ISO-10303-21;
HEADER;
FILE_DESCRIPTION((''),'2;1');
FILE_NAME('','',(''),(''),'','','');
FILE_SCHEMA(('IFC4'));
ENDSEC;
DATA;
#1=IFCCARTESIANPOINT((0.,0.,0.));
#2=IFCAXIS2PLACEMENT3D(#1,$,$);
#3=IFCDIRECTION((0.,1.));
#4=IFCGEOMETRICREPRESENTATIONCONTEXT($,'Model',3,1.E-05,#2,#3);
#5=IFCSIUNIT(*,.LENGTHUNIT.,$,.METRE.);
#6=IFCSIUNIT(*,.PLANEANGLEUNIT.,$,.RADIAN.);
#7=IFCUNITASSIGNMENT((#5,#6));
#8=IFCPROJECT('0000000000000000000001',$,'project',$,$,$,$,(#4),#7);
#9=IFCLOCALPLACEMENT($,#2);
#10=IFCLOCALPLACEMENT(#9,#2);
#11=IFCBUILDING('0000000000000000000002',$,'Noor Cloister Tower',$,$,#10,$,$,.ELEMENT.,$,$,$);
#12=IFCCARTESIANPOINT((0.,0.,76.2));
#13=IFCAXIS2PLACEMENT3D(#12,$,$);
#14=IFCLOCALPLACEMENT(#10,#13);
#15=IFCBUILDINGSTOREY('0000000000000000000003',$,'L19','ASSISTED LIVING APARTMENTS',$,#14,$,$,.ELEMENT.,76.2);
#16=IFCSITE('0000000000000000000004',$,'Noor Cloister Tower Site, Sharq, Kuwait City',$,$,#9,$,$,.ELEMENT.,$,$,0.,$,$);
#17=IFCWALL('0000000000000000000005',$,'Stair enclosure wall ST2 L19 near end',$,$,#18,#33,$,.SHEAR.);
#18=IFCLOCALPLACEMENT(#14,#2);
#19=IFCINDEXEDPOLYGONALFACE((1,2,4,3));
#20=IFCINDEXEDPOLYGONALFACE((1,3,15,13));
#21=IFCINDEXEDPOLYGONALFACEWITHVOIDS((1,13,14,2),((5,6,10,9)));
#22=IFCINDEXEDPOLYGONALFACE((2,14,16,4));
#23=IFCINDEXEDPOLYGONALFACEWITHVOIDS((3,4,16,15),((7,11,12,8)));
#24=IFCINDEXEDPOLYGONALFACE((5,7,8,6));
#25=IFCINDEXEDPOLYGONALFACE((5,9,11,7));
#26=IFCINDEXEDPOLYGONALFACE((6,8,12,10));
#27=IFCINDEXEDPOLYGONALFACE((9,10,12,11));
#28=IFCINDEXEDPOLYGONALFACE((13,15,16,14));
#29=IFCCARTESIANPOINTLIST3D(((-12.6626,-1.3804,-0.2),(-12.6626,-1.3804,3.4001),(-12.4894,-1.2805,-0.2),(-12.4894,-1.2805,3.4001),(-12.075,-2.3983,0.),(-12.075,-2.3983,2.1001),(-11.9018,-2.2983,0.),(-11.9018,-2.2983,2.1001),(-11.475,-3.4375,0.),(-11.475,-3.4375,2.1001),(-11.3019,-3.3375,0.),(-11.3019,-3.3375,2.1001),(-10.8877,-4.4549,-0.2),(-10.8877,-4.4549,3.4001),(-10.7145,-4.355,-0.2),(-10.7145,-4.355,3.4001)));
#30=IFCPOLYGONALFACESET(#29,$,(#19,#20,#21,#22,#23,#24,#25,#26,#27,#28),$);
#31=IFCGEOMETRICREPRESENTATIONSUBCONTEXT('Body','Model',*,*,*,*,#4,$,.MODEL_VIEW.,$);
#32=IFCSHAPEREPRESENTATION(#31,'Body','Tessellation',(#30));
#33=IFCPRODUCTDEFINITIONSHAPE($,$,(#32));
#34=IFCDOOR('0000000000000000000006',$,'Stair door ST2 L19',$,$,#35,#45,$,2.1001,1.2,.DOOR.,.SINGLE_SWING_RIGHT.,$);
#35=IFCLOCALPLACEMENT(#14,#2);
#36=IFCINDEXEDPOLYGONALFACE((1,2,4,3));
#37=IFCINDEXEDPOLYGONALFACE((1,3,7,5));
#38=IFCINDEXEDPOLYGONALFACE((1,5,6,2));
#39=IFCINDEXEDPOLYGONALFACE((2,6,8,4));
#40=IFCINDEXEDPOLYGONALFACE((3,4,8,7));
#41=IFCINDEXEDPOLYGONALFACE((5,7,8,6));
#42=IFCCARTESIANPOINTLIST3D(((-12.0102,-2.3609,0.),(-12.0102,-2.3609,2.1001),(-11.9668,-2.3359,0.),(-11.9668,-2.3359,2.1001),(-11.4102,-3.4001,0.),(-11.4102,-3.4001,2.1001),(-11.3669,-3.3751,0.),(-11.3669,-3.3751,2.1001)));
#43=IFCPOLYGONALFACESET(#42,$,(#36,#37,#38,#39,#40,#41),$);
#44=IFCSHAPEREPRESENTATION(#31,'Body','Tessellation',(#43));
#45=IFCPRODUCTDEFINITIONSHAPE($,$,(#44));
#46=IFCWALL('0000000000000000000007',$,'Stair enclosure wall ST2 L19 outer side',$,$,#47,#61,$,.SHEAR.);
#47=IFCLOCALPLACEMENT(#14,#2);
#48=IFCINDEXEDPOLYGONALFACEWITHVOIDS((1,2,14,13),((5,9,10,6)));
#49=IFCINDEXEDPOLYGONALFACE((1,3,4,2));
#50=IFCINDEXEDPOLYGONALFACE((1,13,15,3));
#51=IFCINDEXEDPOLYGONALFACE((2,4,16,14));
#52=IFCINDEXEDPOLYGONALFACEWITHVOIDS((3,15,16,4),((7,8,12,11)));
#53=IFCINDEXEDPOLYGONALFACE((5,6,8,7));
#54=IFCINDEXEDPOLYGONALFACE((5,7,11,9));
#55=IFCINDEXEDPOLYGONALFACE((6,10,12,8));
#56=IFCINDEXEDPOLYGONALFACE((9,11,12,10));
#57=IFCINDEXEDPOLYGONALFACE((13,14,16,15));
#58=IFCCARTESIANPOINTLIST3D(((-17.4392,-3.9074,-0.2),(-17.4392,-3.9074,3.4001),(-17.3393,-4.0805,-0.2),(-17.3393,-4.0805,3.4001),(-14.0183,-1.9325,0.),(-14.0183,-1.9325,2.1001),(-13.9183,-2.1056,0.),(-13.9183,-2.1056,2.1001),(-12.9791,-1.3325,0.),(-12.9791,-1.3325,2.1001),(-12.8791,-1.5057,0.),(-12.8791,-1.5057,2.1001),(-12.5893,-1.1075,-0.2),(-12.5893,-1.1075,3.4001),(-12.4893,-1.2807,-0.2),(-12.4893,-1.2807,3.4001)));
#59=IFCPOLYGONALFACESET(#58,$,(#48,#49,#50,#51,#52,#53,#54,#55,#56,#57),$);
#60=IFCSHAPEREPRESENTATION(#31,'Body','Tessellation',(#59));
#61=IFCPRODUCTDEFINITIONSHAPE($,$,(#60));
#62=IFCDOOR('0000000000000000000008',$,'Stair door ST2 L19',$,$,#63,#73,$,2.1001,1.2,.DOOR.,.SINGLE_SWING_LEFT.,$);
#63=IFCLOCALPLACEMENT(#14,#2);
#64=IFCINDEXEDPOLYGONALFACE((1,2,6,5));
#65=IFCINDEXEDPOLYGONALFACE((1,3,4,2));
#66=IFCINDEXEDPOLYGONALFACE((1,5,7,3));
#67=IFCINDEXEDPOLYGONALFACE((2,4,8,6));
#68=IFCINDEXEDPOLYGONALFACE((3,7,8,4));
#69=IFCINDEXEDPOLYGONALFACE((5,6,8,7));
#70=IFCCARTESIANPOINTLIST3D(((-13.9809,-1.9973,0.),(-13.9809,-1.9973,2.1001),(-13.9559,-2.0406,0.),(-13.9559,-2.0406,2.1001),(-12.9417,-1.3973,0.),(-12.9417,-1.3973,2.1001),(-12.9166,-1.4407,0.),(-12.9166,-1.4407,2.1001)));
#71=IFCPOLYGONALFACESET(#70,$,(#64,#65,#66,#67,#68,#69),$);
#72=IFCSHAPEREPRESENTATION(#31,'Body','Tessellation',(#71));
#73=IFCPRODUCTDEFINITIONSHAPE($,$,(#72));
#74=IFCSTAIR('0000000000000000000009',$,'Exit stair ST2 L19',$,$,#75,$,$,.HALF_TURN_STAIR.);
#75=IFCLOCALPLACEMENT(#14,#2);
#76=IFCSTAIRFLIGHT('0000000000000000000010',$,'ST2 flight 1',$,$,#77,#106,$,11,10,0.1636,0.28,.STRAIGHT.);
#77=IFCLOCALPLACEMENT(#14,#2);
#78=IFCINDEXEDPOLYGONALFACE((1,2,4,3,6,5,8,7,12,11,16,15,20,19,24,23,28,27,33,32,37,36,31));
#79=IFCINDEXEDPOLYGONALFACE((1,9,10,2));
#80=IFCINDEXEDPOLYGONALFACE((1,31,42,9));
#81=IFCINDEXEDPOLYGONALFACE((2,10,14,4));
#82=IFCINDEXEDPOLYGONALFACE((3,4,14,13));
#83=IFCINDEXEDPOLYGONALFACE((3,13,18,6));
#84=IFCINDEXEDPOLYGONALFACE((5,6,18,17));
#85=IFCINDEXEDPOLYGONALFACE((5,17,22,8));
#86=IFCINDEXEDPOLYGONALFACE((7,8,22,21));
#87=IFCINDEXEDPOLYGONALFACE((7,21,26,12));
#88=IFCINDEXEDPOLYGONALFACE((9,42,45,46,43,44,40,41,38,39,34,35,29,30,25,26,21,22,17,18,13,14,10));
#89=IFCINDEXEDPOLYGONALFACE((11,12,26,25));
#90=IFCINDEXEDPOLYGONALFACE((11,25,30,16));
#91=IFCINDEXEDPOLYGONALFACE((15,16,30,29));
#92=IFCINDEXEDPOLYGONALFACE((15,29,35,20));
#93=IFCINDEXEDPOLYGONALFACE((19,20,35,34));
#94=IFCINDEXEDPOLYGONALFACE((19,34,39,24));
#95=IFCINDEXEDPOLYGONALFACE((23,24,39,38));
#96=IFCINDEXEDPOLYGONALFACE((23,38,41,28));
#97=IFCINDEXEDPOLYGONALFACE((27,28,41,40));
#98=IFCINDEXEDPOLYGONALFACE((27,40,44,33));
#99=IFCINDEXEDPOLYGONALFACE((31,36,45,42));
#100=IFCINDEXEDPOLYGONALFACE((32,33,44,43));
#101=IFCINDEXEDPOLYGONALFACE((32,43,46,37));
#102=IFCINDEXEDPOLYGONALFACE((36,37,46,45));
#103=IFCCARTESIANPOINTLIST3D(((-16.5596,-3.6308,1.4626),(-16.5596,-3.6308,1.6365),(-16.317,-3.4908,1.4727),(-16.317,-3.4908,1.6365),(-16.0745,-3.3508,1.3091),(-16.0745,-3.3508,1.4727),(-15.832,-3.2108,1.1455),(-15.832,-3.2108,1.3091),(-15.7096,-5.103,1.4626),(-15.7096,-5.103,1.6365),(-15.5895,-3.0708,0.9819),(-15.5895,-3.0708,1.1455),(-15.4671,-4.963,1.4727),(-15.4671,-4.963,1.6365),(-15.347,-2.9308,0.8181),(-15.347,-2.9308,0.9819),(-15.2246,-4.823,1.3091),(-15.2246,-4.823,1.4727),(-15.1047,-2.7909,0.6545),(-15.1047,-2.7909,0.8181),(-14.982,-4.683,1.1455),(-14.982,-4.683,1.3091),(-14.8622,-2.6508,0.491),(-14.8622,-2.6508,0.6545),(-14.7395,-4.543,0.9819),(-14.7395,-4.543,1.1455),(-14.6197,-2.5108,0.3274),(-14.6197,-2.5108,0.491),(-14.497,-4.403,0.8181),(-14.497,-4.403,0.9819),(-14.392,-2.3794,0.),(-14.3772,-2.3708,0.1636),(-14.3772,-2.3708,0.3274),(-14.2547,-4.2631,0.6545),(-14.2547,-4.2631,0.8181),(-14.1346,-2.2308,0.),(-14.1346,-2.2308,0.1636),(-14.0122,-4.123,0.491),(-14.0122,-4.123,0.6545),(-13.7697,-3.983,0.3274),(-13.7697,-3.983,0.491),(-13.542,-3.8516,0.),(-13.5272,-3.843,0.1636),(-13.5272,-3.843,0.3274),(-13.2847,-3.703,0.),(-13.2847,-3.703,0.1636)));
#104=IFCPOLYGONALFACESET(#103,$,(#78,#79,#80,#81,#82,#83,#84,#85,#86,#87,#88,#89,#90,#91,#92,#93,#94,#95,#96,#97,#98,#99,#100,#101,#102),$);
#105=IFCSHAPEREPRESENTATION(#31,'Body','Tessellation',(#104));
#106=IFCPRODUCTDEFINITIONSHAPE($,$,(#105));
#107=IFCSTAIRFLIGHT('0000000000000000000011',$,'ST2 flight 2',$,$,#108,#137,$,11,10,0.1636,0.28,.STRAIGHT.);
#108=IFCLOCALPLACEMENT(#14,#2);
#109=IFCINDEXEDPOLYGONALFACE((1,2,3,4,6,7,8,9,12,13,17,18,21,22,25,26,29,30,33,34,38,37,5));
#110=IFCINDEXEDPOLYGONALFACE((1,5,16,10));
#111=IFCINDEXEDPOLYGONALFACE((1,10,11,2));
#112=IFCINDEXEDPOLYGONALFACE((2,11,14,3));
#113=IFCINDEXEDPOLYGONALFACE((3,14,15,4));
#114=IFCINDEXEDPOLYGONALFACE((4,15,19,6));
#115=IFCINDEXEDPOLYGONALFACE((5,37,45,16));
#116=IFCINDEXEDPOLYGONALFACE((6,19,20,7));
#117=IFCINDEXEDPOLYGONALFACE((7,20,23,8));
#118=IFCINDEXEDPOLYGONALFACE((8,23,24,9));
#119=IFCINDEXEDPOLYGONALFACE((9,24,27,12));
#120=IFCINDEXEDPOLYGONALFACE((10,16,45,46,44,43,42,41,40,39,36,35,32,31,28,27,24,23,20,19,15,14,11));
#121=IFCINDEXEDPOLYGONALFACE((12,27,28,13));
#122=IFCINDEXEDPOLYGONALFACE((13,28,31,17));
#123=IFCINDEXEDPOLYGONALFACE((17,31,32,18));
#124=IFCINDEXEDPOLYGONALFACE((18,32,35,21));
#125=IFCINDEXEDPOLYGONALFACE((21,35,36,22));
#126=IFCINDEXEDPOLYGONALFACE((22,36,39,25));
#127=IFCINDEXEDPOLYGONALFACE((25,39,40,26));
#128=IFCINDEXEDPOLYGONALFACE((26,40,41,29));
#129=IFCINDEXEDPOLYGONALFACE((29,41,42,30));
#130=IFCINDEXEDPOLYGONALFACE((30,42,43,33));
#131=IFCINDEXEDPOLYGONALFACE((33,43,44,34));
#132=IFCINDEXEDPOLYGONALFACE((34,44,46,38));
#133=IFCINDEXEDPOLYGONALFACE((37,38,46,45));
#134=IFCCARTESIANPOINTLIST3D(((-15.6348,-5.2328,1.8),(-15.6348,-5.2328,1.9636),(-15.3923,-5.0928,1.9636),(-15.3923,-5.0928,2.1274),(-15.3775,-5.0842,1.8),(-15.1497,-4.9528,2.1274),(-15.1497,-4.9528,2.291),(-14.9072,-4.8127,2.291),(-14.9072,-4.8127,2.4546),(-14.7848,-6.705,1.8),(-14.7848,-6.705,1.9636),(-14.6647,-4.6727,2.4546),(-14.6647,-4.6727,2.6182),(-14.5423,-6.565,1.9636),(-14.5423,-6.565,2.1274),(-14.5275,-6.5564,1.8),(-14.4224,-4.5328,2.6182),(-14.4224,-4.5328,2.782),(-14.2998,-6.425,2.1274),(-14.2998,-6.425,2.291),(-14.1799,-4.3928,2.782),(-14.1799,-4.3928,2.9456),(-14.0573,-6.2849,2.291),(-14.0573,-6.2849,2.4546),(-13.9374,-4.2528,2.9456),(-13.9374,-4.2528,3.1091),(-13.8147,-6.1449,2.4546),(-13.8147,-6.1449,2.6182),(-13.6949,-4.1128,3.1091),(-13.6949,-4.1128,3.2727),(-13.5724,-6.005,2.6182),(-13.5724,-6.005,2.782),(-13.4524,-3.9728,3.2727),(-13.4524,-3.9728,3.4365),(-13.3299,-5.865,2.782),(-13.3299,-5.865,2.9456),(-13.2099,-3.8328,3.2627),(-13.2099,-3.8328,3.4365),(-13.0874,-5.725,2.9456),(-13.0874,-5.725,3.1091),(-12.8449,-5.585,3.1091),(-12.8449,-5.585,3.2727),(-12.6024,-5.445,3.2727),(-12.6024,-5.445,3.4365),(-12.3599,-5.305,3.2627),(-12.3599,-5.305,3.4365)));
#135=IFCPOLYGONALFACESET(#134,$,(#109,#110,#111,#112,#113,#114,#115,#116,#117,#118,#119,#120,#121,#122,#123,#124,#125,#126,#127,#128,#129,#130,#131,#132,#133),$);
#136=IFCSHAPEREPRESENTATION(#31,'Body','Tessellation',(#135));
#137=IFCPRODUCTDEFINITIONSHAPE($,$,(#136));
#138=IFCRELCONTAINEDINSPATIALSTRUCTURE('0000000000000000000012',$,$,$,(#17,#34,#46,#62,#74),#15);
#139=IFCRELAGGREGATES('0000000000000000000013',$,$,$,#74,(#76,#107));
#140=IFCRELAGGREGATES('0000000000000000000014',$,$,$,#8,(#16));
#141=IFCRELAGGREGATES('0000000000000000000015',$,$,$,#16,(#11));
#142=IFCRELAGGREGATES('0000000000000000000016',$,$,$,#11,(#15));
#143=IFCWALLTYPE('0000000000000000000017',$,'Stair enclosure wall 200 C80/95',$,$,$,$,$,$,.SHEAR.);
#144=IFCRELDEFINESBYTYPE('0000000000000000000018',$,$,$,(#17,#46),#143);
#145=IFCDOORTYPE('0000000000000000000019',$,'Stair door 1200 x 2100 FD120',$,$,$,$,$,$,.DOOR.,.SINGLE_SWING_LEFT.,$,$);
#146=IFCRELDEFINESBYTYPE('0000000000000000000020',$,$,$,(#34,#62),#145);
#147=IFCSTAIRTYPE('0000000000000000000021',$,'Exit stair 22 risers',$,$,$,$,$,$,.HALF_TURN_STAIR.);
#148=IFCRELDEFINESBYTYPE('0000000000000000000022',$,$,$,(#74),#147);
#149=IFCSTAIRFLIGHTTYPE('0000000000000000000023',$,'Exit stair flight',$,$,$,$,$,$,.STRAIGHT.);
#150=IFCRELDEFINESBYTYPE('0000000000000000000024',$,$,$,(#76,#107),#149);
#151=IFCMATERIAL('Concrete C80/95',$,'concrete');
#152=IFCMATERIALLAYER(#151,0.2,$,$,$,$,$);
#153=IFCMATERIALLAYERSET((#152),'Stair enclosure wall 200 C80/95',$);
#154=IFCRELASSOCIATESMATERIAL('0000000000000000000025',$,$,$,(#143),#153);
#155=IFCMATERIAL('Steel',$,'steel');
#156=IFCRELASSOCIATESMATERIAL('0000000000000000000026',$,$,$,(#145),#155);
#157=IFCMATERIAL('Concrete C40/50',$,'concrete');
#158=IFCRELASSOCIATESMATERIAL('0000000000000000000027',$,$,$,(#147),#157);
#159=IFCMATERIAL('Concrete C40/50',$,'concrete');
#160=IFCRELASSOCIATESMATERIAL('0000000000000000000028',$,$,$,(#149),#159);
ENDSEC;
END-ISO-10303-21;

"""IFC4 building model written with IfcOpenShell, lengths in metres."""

from ifc_helpers import new_model, si_unit, direction, frame, frame_2d, origin, place, context, subcontext, project, spatial, polyline, rectangle, outline, extrude, material, layer, layer_set, type_object, element, fill, aggregate, save


model = new_model("IFC4")

# Units and contexts
model_context = context("Model", 3, precision=1e-05, world=origin(), true_north=direction((0.0, 1.0)))
body_context = subcontext(model_context, "Body", "Model", "MODEL_VIEW")
ifc_project = project(units=[si_unit("LENGTHUNIT", "METRE"), si_unit("PLANEANGLEUNIT", "RADIAN")], contexts=[model_context])

# Site, building, storey
site_placement = place(None, origin())
site = spatial("IfcSite", under=ifc_project, at=site_placement, Name="Noor Cloister Tower Site, Sharq, Kuwait City", CompositionType="ELEMENT", RefElevation=0.0)
building_placement = place(site_placement, origin())
building = spatial("IfcBuilding", under=site, at=building_placement, Name="Noor Cloister Tower", CompositionType="ELEMENT")
storey_placement = place(building_placement, frame((0.0, 0.0, 76.2)))
storey = spatial("IfcBuildingStorey", under=building, at=storey_placement, Name="L19", Description="ASSISTED LIVING APARTMENTS", CompositionType="ELEMENT", Elevation=76.2)

# Walls, openings, doors
ifc_material_1 = material(Name="Concrete C80/95", Category="concrete")
ifc_layer_1 = layer(ifc_material_1, 0.2)
ifc_layer_set_1 = layer_set([ifc_layer_1], Name="Stair enclosure wall 200 C80/95")
wall_type_1 = type_object("IfcWallType", Name="Stair enclosure wall 200 C80/95", PredefinedType="SHEAR", material=ifc_layer_set_1)
wall_1_placement = place(storey_placement, frame((-12.5759, -1.3306, -0.2), z_axis=(0.0, 0.0, 1.0), x_axis=(0.49997, -0.866042, 0.0)))
wall_1 = element("IfcWall", 1, at=wall_1_placement, inside=storey, type_object=wall_type_1, Name="Stair enclosure wall ST2 L19 near end", PredefinedType="SHEAR", context=body_context, shape_type="SweptSolid", body=[
    extrude(rectangle(XDim=3.55, YDim=0.2, at=frame_2d((1.7749, 0.0))), origin(), (0.0, 0.0, 1.0), 3.6001),
])
opening_1_placement = place(wall_1_placement, frame((1.175, 0.0, 0.2)))
opening_1 = element("IfcOpeningElement", 2, at=opening_1_placement, cuts=wall_1, PredefinedType="OPENING", context=body_context, shape_type="SweptSolid", body=[
    extrude(rectangle(XDim=1.2, YDim=2.1001, at=frame_2d((0.6001, 1.05))), frame((0.0, 0.1099, 0.0), z_axis=(0.0, -1.0, 0.0), x_axis=(1.0, 0.0, 0.0)), (0.0, 0.0, 1.0), 0.22),
])
ifc_material_2 = material(Name="Steel", Category="steel")
door_type_1 = type_object("IfcDoorType", Name="Stair door 1200 x 2100 FD120", OperationType="SINGLE_SWING_LEFT", PredefinedType="DOOR", material=ifc_material_2)
door_1_placement = place(opening_1_placement, origin())
door_1 = element("IfcDoor", 3, at=door_1_placement, inside=storey, type_object=door_type_1, Name="Stair door ST2 L19", OperationType="SINGLE_SWING_RIGHT", OverallHeight=2.1001, OverallWidth=1.2, PredefinedType="DOOR", context=body_context, shape_type="SweptSolid", body=[
    extrude(rectangle(XDim=1.2, YDim=2.1001, at=frame_2d((0.6001, 1.05))), frame((0.0, 0.0249, 0.0), z_axis=(0.0, -1.0, 0.0), x_axis=(1.0, 0.0, 0.0)), (0.0, 0.0, 1.0), 0.05),
])
fill(opening_1, door_1)
wall_2_placement = place(storey_placement, frame((-12.5393, -1.1941, -0.2), z_axis=(0.0, 0.0, 1.0), x_axis=(-0.866045, -0.499965, 0.0)))
wall_2 = element("IfcWall", 4, at=wall_2_placement, inside=storey, type_object=wall_type_1, Name="Stair enclosure wall ST2 L19 outer side", PredefinedType="SHEAR", context=body_context, shape_type="SweptSolid", body=[
    extrude(rectangle(XDim=5.6001, YDim=0.2, at=frame_2d((2.8, 0.0))), origin(), (0.0, 0.0, 1.0), 3.6001),
])
opening_2_placement = place(wall_2_placement, frame((0.45, 0.0, 0.2)))
opening_2 = element("IfcOpeningElement", 5, at=opening_2_placement, cuts=wall_2, PredefinedType="OPENING", context=body_context, shape_type="SweptSolid", body=[
    extrude(rectangle(XDim=1.2, YDim=2.1001, at=frame_2d((0.6001, 1.05))), frame((0.0, 0.1099, 0.0), z_axis=(0.0, -1.0, 0.0), x_axis=(1.0, 0.0, 0.0)), (0.0, 0.0, 1.0), 0.22),
])
door_2_placement = place(opening_2_placement, origin())
door_2 = element("IfcDoor", 6, at=door_2_placement, inside=storey, type_object=door_type_1, Name="Stair door ST2 L19", OperationType="SINGLE_SWING_LEFT", OverallHeight=2.1001, OverallWidth=1.2, PredefinedType="DOOR", context=body_context, shape_type="SweptSolid", body=[
    extrude(rectangle(XDim=1.2, YDim=2.1001, at=frame_2d((0.6001, 1.05))), frame((0.0, 0.0249, 0.0), z_axis=(0.0, -1.0, 0.0), x_axis=(1.0, 0.0, 0.0)), (0.0, 0.0, 1.0), 0.05),
])
fill(opening_2, door_2)

# Stair, stair flights
ifc_material_3 = material(Name="Concrete C40/50", Category="concrete")
stair_type = type_object("IfcStairType", Name="Exit stair 22 risers", PredefinedType="HALF_TURN_STAIR", material=ifc_material_3)
stair_placement = place(storey_placement, origin())
stair = element("IfcStair", 7, at=stair_placement, inside=storey, type_object=stair_type, Name="Exit stair ST2 L19", PredefinedType="HALF_TURN_STAIR")
ifc_material_4 = material(Name="Concrete C40/50", Category="concrete")
stair_flight_type = type_object("IfcStairFlightType", Name="Exit stair flight", PredefinedType="STRAIGHT", material=ifc_material_4)
stair_flight_1_placement = place(storey_placement, frame((-13.7097, -2.9668, 0.0), z_axis=(0.0, 0.0, 1.0), x_axis=(-0.866025, -0.5, 0.0)))
stair_flight_1 = element("IfcStairFlight", 8, at=stair_flight_1_placement, type_object=stair_flight_type, Name="ST2 flight 1", NumberOfRisers=11, NumberOfTreads=10, PredefinedType="STRAIGHT", RiserHeight=0.1636, TreadLength=0.28, context=body_context, shape_type="SweptSolid", body=[
    extrude(outline(polyline([(0.0, 0.0), (0.0, 0.1636), (0.28, 0.1636), (0.28, 0.3274), (0.5601, 0.3274), (0.5601, 0.491), (0.8401, 0.491), (0.8401, 0.6545), (1.1201, 0.6545), (1.1201, 0.8181), (1.3999, 0.8181), (1.3999, 0.9819), (1.6799, 0.9819), (1.6799, 1.1455), (1.96, 1.1455), (1.96, 1.3091), (2.24, 1.3091), (2.24, 1.4727), (2.52, 1.4727), (2.52, 1.6365), (2.8, 1.6365), (2.8, 1.8), (2.8, 1.4626), (0.2971, 0.0), (0.0, 0.0)])), frame((0.0, 0.8501, 0.0), z_axis=(0.0, -1.0, 0.0), x_axis=(1.0, 0.0, 0.0)), (0.0, 0.0, 1.0), 1.7),
])
stair_flight_2_placement = place(storey_placement, frame((-15.2097, -5.969, 1.8), z_axis=(0.0, 0.0, 1.0), x_axis=(0.866025, 0.5, 0.0)))
stair_flight_2 = element("IfcStairFlight", 9, at=stair_flight_2_placement, type_object=stair_flight_type, Name="ST2 flight 2", NumberOfRisers=11, NumberOfTreads=10, PredefinedType="STRAIGHT", RiserHeight=0.1636, TreadLength=0.28, context=body_context, shape_type="SweptSolid", body=[
    extrude(outline(polyline([(0.0, 0.0), (0.0, 0.1636), (0.28, 0.1636), (0.28, 0.3274), (0.5601, 0.3274), (0.5601, 0.491), (0.8401, 0.491), (0.8401, 0.6545), (1.1201, 0.6545), (1.1201, 0.8181), (1.3999, 0.8181), (1.3999, 0.9819), (1.6799, 0.9819), (1.6799, 1.1455), (1.96, 1.1455), (1.96, 1.3091), (2.24, 1.3091), (2.24, 1.4727), (2.52, 1.4727), (2.52, 1.6365), (2.8, 1.6365), (2.8, 1.8), (2.8, 1.4626), (0.2971, 0.0), (0.0, 0.0)])), frame((0.0, 0.8501, 0.0), z_axis=(0.0, -1.0, 0.0), x_axis=(1.0, 0.0, 0.0)), (0.0, 0.0, 1.0), 1.7),
])
aggregate(stair, [stair_flight_1, stair_flight_2])

save(model, "model.ifc")
